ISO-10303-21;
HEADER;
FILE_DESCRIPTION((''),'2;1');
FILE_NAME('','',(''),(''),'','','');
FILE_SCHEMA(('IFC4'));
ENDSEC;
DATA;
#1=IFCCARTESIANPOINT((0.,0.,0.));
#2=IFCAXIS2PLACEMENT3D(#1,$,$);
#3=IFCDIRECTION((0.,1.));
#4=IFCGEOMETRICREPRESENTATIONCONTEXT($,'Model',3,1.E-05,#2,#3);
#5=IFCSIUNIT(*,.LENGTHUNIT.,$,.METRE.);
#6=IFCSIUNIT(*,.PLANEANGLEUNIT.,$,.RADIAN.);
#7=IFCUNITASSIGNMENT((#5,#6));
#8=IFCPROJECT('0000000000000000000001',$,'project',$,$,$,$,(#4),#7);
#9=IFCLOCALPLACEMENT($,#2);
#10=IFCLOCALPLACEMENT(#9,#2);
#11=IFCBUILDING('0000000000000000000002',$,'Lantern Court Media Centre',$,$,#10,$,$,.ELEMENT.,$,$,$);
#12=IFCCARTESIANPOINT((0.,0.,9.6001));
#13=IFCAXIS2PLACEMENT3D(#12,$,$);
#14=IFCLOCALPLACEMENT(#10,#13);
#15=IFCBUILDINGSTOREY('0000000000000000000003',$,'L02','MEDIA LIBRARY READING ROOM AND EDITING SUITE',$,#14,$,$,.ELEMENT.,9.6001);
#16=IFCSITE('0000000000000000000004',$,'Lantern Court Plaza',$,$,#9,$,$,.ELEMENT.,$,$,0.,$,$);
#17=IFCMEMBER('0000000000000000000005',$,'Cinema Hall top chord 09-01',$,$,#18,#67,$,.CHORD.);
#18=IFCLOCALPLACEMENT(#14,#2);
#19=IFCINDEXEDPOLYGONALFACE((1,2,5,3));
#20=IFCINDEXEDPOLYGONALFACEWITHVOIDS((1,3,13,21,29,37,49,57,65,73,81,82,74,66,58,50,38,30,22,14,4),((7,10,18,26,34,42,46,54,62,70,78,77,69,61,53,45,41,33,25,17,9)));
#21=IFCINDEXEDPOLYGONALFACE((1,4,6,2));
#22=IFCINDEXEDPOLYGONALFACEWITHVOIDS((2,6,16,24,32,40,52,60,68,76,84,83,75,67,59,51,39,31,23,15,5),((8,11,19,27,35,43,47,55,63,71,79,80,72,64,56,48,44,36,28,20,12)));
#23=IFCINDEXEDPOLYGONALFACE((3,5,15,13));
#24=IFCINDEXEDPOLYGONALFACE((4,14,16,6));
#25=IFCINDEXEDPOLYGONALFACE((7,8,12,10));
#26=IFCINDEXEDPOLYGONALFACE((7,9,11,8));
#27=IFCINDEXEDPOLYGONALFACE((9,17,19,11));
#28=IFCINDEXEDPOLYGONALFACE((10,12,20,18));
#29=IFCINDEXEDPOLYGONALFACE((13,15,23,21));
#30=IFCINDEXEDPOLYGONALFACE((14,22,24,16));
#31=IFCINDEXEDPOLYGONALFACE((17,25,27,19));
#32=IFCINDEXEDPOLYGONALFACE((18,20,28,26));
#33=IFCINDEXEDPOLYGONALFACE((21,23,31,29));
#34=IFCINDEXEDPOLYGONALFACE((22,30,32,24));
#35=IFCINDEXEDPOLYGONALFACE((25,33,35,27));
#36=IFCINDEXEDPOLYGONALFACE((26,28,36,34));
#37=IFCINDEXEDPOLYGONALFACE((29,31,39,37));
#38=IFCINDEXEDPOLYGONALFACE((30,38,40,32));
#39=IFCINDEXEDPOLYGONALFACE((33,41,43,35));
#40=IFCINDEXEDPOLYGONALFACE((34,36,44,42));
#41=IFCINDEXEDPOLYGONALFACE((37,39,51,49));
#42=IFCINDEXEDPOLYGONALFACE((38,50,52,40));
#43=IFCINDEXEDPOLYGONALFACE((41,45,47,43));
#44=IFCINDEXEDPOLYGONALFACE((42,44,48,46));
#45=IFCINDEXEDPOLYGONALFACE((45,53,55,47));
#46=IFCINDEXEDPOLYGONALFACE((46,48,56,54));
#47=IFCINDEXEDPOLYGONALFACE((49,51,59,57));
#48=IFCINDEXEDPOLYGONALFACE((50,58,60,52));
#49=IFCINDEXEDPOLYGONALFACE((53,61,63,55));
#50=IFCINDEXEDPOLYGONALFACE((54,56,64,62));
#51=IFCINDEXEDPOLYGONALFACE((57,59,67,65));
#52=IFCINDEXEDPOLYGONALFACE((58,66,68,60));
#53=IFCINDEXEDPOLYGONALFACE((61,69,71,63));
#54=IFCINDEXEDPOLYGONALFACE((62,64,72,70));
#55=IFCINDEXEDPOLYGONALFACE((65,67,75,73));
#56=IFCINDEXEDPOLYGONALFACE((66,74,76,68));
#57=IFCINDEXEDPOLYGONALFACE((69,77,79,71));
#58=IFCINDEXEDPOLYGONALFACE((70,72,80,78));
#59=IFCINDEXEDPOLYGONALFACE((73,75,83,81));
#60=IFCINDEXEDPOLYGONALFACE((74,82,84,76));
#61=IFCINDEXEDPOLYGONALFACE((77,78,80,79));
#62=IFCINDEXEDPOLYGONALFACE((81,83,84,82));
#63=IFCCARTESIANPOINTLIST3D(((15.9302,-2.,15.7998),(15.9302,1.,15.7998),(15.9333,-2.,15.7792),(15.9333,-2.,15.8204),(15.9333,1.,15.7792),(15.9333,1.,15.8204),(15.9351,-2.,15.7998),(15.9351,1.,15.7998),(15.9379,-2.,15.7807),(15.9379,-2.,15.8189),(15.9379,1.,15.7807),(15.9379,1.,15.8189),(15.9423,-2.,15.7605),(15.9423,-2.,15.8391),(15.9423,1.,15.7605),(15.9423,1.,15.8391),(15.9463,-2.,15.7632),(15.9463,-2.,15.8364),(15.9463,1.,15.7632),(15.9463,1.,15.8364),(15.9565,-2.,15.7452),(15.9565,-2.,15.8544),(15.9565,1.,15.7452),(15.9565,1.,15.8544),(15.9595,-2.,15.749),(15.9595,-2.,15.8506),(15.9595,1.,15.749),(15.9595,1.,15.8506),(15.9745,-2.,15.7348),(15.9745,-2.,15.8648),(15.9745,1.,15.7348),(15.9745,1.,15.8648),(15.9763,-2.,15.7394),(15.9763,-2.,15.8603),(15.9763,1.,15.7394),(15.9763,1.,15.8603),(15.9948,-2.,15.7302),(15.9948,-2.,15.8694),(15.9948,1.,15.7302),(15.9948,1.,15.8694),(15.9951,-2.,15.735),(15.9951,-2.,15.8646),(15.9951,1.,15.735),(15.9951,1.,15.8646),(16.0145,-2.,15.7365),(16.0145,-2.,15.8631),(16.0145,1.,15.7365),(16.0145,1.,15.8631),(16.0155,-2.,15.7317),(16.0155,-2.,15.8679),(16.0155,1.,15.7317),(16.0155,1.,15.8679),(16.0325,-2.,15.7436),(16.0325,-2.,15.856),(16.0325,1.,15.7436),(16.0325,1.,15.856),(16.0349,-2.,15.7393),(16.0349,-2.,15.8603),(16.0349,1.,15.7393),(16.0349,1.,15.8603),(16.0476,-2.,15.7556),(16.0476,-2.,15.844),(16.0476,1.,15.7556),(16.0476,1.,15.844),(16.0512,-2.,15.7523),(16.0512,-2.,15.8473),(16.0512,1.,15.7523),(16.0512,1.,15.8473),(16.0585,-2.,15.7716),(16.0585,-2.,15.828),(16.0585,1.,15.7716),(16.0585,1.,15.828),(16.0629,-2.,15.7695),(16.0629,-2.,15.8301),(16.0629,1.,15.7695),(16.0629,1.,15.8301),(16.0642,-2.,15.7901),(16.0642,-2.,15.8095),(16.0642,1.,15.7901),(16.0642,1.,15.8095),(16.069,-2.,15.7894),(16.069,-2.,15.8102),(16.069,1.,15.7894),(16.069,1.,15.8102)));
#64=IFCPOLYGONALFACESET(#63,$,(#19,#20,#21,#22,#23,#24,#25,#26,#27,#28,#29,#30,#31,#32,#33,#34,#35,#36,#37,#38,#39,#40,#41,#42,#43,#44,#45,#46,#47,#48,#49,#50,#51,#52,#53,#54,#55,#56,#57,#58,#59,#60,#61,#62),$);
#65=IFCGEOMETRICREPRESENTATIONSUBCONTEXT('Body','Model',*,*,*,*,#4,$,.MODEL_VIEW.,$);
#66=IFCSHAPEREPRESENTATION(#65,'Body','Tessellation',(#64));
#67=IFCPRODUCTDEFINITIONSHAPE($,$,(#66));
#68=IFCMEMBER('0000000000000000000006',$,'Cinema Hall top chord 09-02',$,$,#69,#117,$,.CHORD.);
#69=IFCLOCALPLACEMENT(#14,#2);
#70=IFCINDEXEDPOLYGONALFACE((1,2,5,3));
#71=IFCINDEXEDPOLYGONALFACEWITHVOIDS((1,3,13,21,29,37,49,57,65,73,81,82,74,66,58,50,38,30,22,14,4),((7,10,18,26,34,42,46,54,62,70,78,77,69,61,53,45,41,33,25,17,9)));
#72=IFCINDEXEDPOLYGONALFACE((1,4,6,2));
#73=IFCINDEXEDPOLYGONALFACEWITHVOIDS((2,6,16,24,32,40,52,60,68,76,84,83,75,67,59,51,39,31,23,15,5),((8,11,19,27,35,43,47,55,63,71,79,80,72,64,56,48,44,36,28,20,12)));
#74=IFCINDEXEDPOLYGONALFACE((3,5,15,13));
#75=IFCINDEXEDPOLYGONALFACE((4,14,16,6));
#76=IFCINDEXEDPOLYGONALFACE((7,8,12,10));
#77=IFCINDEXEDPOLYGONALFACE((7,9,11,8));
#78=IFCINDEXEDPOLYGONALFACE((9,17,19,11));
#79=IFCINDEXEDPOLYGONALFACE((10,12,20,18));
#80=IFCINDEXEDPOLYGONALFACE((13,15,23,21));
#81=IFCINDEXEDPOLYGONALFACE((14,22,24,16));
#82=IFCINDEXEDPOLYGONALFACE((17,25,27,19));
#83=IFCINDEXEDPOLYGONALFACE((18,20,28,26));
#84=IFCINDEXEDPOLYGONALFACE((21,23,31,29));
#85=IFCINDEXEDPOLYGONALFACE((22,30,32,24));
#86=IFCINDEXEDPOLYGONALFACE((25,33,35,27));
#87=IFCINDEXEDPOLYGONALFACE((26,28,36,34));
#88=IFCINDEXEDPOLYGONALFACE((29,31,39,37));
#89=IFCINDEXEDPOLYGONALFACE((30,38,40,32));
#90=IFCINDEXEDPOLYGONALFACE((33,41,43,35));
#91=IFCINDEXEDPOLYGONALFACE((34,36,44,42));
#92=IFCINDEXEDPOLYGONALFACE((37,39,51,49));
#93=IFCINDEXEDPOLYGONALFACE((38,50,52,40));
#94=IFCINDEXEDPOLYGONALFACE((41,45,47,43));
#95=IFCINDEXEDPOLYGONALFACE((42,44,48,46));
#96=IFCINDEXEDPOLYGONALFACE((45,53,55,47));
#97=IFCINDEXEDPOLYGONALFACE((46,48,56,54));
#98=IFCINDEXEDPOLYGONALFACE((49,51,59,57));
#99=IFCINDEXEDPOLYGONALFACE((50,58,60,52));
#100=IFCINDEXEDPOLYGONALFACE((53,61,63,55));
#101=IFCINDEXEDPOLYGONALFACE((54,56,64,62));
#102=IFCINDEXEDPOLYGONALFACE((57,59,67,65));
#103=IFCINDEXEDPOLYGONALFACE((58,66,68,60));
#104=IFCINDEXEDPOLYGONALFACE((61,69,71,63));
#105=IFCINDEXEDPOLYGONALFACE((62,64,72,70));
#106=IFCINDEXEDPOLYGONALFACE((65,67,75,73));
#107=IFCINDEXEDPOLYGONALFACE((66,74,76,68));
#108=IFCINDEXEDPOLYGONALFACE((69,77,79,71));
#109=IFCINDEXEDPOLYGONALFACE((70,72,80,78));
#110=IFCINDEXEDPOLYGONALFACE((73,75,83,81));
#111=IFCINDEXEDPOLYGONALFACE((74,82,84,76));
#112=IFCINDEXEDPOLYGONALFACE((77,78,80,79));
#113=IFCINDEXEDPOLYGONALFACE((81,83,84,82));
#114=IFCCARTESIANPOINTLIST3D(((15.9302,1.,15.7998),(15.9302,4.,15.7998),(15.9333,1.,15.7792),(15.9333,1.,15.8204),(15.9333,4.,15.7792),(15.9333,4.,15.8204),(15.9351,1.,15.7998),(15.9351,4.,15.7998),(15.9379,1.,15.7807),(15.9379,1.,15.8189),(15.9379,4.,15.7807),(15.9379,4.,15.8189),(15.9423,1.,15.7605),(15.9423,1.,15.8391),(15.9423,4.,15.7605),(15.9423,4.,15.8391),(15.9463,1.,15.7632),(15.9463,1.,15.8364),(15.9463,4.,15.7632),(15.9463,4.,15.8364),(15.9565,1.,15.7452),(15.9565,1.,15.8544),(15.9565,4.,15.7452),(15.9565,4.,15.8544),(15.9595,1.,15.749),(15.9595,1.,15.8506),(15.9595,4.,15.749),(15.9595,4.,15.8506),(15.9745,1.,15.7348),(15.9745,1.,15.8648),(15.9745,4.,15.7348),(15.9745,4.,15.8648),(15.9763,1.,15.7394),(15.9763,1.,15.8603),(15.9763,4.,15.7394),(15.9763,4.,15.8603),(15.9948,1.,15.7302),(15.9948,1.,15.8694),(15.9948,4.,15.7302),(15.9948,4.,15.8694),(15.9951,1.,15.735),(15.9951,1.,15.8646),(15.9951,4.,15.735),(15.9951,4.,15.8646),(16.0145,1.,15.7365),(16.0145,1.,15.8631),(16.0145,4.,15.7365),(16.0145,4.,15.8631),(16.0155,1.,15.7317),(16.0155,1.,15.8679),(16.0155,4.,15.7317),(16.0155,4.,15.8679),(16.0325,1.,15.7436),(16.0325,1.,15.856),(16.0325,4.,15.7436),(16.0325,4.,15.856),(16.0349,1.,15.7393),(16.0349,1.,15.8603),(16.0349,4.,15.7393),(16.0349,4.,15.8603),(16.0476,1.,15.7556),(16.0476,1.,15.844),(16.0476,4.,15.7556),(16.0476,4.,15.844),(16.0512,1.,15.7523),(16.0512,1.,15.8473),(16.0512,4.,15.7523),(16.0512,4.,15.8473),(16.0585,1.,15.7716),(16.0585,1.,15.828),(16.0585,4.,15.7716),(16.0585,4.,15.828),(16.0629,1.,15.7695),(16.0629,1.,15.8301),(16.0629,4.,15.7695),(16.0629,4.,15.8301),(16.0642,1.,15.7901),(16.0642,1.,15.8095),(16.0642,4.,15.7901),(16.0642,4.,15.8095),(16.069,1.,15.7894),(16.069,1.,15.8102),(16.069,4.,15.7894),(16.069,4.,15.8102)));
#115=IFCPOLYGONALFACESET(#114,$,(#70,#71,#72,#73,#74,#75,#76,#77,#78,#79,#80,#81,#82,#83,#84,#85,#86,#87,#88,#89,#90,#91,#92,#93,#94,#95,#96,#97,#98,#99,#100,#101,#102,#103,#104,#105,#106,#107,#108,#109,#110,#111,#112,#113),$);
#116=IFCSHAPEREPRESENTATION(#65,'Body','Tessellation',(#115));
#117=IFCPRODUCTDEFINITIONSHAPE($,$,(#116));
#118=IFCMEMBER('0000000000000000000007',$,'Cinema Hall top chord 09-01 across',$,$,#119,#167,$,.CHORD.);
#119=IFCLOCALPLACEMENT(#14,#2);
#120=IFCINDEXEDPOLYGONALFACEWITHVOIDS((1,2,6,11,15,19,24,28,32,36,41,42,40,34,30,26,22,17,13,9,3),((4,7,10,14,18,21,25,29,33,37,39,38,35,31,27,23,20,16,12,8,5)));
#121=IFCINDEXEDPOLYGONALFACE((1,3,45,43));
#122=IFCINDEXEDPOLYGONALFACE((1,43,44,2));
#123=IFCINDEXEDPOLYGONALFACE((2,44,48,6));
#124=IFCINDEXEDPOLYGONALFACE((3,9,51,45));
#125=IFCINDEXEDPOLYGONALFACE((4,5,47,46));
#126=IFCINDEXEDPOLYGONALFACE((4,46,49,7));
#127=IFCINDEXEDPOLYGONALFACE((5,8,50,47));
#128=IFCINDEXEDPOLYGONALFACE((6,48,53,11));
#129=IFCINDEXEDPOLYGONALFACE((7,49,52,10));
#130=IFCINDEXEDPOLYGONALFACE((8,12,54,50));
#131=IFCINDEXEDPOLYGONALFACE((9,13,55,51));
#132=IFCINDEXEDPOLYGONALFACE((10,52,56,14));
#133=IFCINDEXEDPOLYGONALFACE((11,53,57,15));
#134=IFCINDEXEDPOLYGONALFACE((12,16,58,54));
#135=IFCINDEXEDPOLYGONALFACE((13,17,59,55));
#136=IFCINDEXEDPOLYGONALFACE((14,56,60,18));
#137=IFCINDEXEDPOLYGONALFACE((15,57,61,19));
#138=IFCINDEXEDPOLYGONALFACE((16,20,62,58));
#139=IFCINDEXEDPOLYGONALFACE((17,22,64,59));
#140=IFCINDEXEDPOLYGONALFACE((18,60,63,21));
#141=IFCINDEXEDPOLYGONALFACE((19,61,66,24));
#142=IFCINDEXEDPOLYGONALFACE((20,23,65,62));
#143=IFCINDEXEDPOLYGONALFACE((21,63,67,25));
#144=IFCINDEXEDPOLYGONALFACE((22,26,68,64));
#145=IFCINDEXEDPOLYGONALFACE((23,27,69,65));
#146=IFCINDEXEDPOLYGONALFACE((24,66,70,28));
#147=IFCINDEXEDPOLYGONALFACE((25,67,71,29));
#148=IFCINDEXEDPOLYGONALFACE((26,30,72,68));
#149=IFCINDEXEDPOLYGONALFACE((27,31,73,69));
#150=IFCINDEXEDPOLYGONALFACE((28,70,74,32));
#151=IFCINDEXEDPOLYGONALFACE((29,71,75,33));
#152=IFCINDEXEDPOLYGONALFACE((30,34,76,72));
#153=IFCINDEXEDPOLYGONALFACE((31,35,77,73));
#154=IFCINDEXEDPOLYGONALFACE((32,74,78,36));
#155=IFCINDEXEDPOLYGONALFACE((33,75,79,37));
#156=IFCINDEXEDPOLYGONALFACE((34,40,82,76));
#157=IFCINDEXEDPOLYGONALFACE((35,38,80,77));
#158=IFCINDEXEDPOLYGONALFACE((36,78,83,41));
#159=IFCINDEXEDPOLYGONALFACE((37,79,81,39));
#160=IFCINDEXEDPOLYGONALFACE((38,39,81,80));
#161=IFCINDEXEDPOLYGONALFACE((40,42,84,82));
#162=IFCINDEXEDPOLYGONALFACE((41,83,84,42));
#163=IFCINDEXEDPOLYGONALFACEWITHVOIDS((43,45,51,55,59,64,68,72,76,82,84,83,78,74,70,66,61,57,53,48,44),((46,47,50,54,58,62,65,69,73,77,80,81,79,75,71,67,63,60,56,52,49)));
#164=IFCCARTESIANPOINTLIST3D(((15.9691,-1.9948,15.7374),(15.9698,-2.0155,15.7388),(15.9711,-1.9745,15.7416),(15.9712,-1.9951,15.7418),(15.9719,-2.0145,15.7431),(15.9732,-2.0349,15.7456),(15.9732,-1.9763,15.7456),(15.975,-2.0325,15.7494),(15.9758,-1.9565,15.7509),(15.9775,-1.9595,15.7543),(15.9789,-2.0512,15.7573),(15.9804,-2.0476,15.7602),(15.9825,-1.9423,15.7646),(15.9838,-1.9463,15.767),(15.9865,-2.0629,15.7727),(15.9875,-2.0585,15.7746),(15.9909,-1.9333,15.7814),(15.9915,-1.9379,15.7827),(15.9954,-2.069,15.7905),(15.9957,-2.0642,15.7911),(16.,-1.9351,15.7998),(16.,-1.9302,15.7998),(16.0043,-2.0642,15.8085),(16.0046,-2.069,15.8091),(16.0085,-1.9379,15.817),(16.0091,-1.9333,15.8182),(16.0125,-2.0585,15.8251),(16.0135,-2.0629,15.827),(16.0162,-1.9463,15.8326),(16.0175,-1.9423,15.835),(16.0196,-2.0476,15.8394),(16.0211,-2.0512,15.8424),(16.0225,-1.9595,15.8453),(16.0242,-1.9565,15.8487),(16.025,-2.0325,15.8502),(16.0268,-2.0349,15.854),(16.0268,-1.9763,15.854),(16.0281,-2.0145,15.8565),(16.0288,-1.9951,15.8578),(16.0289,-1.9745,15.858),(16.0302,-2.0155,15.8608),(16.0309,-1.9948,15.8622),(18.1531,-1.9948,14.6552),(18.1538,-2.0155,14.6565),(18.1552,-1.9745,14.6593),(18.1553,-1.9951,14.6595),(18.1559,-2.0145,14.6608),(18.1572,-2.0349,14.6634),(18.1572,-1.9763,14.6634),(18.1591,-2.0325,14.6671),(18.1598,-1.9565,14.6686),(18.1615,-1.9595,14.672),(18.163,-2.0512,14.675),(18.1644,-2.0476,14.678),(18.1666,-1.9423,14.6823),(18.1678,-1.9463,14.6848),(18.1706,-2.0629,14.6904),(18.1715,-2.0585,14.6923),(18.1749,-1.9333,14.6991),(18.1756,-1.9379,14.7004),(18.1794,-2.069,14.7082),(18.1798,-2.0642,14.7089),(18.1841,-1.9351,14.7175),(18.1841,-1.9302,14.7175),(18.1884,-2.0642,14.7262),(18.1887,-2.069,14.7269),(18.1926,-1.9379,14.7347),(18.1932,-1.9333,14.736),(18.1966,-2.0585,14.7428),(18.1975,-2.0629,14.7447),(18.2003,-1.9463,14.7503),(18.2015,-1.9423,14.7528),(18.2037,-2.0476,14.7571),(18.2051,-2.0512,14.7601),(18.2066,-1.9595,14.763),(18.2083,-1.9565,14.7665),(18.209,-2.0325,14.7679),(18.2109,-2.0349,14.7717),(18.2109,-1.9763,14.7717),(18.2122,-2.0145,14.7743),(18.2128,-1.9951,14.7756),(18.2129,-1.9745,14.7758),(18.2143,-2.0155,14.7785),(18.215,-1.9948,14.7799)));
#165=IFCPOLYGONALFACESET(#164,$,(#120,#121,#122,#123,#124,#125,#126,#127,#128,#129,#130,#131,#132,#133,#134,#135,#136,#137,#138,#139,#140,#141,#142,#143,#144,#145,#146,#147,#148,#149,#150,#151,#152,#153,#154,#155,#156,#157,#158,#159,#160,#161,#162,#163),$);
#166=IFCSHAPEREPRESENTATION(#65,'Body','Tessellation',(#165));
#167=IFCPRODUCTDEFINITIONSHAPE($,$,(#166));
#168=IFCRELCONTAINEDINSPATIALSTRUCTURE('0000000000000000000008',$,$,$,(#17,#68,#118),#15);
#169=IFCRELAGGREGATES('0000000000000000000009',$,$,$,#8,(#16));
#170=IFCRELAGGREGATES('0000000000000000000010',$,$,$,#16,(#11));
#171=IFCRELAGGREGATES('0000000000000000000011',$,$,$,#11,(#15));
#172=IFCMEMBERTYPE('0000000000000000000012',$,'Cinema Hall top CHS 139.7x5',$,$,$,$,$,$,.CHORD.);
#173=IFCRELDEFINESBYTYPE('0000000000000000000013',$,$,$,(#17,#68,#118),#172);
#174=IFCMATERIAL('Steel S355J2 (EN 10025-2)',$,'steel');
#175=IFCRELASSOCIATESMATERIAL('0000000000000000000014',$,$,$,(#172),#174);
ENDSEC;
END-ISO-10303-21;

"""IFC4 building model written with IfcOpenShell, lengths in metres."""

from ifc_helpers import new_model, si_unit, direction, frame, origin, origin_2d, place, context, subcontext, project, spatial, hollow_circle, extrude, material, material_profile, profile_set, type_object, element, save


model = new_model("IFC4")

# Units and contexts
model_context = context("Model", 3, precision=1e-05, world=origin(), true_north=direction((0.0, 1.0)))
body_context = subcontext(model_context, "Body", "Model", "MODEL_VIEW")
ifc_project = project(units=[si_unit("LENGTHUNIT", "METRE"), si_unit("PLANEANGLEUNIT", "RADIAN")], contexts=[model_context])

# Site, building, storey
site_placement = place(None, origin())
site = spatial("IfcSite", under=ifc_project, at=site_placement, Name="Lantern Court Plaza", CompositionType="ELEMENT", RefElevation=0.0)
building_placement = place(site_placement, origin())
building = spatial("IfcBuilding", under=site, at=building_placement, Name="Lantern Court Media Centre", CompositionType="ELEMENT")
storey_placement = place(building_placement, frame((0.0, 0.0, 9.6001)))
storey = spatial("IfcBuildingStorey", under=building, at=storey_placement, Name="L02", Description="MEDIA LIBRARY READING ROOM AND EDITING SUITE", CompositionType="ELEMENT", Elevation=9.6001)

# Members
ifc_material = material(Name="Steel S355J2 (EN 10025-2)", Category="steel")
ifc_material_profile_1 = material_profile(ifc_material, hollow_circle(Radius=0.0698, WallThickness=0.0049, at=origin_2d()), Name="Cinema Hall top CHS 139.7x5")
ifc_profile_set_1 = profile_set([ifc_material_profile_1], Name="Steel S355J2 (EN 10025-2)")
member_type_1 = type_object("IfcMemberType", Name="Cinema Hall top CHS 139.7x5", PredefinedType="CHORD", material=ifc_profile_set_1)
for number, where, z_axis, x_axis, name in (
    (1, (16.0, -2.0, 15.7998), (0.0, 1.0, 0.0), (-1.0, 0.0, 0.0), "Cinema Hall top chord 09-01"),
    (2, (16.0, 1.0, 15.7998), (0.0, 1.0, 0.0), (-1.0, 0.0, 0.0), "Cinema Hall top chord 09-02"),
):
    element("IfcMember", number, at=place(storey_placement, frame(where, z_axis=z_axis, x_axis=x_axis)), inside=storey, type_object=member_type_1, Name=name, PredefinedType="CHORD", context=body_context, shape_type="SweptSolid", body=[
        extrude(hollow_circle(Radius=0.0698, WallThickness=0.0049, at=origin_2d()), origin(), (0.0, 0.0, 1.0), 3.0),
    ])
for number, where, z_axis, x_axis, name in (
    (3, (16.0, -2.0, 15.7998), (0.896024, 0.0, -0.444006), (0.0, 1.0, 0.0), "Cinema Hall top chord 09-01 across"),
):
    element("IfcMember", number, at=place(storey_placement, frame(where, z_axis=z_axis, x_axis=x_axis)), inside=storey, type_object=member_type_1, Name=name, PredefinedType="CHORD", context=body_context, shape_type="SweptSolid", body=[
        extrude(hollow_circle(Radius=0.0698, WallThickness=0.0049, at=origin_2d()), origin(), (0.0, 0.0, 1.0), 2.4375),
    ])

save(model, "model.ifc")
